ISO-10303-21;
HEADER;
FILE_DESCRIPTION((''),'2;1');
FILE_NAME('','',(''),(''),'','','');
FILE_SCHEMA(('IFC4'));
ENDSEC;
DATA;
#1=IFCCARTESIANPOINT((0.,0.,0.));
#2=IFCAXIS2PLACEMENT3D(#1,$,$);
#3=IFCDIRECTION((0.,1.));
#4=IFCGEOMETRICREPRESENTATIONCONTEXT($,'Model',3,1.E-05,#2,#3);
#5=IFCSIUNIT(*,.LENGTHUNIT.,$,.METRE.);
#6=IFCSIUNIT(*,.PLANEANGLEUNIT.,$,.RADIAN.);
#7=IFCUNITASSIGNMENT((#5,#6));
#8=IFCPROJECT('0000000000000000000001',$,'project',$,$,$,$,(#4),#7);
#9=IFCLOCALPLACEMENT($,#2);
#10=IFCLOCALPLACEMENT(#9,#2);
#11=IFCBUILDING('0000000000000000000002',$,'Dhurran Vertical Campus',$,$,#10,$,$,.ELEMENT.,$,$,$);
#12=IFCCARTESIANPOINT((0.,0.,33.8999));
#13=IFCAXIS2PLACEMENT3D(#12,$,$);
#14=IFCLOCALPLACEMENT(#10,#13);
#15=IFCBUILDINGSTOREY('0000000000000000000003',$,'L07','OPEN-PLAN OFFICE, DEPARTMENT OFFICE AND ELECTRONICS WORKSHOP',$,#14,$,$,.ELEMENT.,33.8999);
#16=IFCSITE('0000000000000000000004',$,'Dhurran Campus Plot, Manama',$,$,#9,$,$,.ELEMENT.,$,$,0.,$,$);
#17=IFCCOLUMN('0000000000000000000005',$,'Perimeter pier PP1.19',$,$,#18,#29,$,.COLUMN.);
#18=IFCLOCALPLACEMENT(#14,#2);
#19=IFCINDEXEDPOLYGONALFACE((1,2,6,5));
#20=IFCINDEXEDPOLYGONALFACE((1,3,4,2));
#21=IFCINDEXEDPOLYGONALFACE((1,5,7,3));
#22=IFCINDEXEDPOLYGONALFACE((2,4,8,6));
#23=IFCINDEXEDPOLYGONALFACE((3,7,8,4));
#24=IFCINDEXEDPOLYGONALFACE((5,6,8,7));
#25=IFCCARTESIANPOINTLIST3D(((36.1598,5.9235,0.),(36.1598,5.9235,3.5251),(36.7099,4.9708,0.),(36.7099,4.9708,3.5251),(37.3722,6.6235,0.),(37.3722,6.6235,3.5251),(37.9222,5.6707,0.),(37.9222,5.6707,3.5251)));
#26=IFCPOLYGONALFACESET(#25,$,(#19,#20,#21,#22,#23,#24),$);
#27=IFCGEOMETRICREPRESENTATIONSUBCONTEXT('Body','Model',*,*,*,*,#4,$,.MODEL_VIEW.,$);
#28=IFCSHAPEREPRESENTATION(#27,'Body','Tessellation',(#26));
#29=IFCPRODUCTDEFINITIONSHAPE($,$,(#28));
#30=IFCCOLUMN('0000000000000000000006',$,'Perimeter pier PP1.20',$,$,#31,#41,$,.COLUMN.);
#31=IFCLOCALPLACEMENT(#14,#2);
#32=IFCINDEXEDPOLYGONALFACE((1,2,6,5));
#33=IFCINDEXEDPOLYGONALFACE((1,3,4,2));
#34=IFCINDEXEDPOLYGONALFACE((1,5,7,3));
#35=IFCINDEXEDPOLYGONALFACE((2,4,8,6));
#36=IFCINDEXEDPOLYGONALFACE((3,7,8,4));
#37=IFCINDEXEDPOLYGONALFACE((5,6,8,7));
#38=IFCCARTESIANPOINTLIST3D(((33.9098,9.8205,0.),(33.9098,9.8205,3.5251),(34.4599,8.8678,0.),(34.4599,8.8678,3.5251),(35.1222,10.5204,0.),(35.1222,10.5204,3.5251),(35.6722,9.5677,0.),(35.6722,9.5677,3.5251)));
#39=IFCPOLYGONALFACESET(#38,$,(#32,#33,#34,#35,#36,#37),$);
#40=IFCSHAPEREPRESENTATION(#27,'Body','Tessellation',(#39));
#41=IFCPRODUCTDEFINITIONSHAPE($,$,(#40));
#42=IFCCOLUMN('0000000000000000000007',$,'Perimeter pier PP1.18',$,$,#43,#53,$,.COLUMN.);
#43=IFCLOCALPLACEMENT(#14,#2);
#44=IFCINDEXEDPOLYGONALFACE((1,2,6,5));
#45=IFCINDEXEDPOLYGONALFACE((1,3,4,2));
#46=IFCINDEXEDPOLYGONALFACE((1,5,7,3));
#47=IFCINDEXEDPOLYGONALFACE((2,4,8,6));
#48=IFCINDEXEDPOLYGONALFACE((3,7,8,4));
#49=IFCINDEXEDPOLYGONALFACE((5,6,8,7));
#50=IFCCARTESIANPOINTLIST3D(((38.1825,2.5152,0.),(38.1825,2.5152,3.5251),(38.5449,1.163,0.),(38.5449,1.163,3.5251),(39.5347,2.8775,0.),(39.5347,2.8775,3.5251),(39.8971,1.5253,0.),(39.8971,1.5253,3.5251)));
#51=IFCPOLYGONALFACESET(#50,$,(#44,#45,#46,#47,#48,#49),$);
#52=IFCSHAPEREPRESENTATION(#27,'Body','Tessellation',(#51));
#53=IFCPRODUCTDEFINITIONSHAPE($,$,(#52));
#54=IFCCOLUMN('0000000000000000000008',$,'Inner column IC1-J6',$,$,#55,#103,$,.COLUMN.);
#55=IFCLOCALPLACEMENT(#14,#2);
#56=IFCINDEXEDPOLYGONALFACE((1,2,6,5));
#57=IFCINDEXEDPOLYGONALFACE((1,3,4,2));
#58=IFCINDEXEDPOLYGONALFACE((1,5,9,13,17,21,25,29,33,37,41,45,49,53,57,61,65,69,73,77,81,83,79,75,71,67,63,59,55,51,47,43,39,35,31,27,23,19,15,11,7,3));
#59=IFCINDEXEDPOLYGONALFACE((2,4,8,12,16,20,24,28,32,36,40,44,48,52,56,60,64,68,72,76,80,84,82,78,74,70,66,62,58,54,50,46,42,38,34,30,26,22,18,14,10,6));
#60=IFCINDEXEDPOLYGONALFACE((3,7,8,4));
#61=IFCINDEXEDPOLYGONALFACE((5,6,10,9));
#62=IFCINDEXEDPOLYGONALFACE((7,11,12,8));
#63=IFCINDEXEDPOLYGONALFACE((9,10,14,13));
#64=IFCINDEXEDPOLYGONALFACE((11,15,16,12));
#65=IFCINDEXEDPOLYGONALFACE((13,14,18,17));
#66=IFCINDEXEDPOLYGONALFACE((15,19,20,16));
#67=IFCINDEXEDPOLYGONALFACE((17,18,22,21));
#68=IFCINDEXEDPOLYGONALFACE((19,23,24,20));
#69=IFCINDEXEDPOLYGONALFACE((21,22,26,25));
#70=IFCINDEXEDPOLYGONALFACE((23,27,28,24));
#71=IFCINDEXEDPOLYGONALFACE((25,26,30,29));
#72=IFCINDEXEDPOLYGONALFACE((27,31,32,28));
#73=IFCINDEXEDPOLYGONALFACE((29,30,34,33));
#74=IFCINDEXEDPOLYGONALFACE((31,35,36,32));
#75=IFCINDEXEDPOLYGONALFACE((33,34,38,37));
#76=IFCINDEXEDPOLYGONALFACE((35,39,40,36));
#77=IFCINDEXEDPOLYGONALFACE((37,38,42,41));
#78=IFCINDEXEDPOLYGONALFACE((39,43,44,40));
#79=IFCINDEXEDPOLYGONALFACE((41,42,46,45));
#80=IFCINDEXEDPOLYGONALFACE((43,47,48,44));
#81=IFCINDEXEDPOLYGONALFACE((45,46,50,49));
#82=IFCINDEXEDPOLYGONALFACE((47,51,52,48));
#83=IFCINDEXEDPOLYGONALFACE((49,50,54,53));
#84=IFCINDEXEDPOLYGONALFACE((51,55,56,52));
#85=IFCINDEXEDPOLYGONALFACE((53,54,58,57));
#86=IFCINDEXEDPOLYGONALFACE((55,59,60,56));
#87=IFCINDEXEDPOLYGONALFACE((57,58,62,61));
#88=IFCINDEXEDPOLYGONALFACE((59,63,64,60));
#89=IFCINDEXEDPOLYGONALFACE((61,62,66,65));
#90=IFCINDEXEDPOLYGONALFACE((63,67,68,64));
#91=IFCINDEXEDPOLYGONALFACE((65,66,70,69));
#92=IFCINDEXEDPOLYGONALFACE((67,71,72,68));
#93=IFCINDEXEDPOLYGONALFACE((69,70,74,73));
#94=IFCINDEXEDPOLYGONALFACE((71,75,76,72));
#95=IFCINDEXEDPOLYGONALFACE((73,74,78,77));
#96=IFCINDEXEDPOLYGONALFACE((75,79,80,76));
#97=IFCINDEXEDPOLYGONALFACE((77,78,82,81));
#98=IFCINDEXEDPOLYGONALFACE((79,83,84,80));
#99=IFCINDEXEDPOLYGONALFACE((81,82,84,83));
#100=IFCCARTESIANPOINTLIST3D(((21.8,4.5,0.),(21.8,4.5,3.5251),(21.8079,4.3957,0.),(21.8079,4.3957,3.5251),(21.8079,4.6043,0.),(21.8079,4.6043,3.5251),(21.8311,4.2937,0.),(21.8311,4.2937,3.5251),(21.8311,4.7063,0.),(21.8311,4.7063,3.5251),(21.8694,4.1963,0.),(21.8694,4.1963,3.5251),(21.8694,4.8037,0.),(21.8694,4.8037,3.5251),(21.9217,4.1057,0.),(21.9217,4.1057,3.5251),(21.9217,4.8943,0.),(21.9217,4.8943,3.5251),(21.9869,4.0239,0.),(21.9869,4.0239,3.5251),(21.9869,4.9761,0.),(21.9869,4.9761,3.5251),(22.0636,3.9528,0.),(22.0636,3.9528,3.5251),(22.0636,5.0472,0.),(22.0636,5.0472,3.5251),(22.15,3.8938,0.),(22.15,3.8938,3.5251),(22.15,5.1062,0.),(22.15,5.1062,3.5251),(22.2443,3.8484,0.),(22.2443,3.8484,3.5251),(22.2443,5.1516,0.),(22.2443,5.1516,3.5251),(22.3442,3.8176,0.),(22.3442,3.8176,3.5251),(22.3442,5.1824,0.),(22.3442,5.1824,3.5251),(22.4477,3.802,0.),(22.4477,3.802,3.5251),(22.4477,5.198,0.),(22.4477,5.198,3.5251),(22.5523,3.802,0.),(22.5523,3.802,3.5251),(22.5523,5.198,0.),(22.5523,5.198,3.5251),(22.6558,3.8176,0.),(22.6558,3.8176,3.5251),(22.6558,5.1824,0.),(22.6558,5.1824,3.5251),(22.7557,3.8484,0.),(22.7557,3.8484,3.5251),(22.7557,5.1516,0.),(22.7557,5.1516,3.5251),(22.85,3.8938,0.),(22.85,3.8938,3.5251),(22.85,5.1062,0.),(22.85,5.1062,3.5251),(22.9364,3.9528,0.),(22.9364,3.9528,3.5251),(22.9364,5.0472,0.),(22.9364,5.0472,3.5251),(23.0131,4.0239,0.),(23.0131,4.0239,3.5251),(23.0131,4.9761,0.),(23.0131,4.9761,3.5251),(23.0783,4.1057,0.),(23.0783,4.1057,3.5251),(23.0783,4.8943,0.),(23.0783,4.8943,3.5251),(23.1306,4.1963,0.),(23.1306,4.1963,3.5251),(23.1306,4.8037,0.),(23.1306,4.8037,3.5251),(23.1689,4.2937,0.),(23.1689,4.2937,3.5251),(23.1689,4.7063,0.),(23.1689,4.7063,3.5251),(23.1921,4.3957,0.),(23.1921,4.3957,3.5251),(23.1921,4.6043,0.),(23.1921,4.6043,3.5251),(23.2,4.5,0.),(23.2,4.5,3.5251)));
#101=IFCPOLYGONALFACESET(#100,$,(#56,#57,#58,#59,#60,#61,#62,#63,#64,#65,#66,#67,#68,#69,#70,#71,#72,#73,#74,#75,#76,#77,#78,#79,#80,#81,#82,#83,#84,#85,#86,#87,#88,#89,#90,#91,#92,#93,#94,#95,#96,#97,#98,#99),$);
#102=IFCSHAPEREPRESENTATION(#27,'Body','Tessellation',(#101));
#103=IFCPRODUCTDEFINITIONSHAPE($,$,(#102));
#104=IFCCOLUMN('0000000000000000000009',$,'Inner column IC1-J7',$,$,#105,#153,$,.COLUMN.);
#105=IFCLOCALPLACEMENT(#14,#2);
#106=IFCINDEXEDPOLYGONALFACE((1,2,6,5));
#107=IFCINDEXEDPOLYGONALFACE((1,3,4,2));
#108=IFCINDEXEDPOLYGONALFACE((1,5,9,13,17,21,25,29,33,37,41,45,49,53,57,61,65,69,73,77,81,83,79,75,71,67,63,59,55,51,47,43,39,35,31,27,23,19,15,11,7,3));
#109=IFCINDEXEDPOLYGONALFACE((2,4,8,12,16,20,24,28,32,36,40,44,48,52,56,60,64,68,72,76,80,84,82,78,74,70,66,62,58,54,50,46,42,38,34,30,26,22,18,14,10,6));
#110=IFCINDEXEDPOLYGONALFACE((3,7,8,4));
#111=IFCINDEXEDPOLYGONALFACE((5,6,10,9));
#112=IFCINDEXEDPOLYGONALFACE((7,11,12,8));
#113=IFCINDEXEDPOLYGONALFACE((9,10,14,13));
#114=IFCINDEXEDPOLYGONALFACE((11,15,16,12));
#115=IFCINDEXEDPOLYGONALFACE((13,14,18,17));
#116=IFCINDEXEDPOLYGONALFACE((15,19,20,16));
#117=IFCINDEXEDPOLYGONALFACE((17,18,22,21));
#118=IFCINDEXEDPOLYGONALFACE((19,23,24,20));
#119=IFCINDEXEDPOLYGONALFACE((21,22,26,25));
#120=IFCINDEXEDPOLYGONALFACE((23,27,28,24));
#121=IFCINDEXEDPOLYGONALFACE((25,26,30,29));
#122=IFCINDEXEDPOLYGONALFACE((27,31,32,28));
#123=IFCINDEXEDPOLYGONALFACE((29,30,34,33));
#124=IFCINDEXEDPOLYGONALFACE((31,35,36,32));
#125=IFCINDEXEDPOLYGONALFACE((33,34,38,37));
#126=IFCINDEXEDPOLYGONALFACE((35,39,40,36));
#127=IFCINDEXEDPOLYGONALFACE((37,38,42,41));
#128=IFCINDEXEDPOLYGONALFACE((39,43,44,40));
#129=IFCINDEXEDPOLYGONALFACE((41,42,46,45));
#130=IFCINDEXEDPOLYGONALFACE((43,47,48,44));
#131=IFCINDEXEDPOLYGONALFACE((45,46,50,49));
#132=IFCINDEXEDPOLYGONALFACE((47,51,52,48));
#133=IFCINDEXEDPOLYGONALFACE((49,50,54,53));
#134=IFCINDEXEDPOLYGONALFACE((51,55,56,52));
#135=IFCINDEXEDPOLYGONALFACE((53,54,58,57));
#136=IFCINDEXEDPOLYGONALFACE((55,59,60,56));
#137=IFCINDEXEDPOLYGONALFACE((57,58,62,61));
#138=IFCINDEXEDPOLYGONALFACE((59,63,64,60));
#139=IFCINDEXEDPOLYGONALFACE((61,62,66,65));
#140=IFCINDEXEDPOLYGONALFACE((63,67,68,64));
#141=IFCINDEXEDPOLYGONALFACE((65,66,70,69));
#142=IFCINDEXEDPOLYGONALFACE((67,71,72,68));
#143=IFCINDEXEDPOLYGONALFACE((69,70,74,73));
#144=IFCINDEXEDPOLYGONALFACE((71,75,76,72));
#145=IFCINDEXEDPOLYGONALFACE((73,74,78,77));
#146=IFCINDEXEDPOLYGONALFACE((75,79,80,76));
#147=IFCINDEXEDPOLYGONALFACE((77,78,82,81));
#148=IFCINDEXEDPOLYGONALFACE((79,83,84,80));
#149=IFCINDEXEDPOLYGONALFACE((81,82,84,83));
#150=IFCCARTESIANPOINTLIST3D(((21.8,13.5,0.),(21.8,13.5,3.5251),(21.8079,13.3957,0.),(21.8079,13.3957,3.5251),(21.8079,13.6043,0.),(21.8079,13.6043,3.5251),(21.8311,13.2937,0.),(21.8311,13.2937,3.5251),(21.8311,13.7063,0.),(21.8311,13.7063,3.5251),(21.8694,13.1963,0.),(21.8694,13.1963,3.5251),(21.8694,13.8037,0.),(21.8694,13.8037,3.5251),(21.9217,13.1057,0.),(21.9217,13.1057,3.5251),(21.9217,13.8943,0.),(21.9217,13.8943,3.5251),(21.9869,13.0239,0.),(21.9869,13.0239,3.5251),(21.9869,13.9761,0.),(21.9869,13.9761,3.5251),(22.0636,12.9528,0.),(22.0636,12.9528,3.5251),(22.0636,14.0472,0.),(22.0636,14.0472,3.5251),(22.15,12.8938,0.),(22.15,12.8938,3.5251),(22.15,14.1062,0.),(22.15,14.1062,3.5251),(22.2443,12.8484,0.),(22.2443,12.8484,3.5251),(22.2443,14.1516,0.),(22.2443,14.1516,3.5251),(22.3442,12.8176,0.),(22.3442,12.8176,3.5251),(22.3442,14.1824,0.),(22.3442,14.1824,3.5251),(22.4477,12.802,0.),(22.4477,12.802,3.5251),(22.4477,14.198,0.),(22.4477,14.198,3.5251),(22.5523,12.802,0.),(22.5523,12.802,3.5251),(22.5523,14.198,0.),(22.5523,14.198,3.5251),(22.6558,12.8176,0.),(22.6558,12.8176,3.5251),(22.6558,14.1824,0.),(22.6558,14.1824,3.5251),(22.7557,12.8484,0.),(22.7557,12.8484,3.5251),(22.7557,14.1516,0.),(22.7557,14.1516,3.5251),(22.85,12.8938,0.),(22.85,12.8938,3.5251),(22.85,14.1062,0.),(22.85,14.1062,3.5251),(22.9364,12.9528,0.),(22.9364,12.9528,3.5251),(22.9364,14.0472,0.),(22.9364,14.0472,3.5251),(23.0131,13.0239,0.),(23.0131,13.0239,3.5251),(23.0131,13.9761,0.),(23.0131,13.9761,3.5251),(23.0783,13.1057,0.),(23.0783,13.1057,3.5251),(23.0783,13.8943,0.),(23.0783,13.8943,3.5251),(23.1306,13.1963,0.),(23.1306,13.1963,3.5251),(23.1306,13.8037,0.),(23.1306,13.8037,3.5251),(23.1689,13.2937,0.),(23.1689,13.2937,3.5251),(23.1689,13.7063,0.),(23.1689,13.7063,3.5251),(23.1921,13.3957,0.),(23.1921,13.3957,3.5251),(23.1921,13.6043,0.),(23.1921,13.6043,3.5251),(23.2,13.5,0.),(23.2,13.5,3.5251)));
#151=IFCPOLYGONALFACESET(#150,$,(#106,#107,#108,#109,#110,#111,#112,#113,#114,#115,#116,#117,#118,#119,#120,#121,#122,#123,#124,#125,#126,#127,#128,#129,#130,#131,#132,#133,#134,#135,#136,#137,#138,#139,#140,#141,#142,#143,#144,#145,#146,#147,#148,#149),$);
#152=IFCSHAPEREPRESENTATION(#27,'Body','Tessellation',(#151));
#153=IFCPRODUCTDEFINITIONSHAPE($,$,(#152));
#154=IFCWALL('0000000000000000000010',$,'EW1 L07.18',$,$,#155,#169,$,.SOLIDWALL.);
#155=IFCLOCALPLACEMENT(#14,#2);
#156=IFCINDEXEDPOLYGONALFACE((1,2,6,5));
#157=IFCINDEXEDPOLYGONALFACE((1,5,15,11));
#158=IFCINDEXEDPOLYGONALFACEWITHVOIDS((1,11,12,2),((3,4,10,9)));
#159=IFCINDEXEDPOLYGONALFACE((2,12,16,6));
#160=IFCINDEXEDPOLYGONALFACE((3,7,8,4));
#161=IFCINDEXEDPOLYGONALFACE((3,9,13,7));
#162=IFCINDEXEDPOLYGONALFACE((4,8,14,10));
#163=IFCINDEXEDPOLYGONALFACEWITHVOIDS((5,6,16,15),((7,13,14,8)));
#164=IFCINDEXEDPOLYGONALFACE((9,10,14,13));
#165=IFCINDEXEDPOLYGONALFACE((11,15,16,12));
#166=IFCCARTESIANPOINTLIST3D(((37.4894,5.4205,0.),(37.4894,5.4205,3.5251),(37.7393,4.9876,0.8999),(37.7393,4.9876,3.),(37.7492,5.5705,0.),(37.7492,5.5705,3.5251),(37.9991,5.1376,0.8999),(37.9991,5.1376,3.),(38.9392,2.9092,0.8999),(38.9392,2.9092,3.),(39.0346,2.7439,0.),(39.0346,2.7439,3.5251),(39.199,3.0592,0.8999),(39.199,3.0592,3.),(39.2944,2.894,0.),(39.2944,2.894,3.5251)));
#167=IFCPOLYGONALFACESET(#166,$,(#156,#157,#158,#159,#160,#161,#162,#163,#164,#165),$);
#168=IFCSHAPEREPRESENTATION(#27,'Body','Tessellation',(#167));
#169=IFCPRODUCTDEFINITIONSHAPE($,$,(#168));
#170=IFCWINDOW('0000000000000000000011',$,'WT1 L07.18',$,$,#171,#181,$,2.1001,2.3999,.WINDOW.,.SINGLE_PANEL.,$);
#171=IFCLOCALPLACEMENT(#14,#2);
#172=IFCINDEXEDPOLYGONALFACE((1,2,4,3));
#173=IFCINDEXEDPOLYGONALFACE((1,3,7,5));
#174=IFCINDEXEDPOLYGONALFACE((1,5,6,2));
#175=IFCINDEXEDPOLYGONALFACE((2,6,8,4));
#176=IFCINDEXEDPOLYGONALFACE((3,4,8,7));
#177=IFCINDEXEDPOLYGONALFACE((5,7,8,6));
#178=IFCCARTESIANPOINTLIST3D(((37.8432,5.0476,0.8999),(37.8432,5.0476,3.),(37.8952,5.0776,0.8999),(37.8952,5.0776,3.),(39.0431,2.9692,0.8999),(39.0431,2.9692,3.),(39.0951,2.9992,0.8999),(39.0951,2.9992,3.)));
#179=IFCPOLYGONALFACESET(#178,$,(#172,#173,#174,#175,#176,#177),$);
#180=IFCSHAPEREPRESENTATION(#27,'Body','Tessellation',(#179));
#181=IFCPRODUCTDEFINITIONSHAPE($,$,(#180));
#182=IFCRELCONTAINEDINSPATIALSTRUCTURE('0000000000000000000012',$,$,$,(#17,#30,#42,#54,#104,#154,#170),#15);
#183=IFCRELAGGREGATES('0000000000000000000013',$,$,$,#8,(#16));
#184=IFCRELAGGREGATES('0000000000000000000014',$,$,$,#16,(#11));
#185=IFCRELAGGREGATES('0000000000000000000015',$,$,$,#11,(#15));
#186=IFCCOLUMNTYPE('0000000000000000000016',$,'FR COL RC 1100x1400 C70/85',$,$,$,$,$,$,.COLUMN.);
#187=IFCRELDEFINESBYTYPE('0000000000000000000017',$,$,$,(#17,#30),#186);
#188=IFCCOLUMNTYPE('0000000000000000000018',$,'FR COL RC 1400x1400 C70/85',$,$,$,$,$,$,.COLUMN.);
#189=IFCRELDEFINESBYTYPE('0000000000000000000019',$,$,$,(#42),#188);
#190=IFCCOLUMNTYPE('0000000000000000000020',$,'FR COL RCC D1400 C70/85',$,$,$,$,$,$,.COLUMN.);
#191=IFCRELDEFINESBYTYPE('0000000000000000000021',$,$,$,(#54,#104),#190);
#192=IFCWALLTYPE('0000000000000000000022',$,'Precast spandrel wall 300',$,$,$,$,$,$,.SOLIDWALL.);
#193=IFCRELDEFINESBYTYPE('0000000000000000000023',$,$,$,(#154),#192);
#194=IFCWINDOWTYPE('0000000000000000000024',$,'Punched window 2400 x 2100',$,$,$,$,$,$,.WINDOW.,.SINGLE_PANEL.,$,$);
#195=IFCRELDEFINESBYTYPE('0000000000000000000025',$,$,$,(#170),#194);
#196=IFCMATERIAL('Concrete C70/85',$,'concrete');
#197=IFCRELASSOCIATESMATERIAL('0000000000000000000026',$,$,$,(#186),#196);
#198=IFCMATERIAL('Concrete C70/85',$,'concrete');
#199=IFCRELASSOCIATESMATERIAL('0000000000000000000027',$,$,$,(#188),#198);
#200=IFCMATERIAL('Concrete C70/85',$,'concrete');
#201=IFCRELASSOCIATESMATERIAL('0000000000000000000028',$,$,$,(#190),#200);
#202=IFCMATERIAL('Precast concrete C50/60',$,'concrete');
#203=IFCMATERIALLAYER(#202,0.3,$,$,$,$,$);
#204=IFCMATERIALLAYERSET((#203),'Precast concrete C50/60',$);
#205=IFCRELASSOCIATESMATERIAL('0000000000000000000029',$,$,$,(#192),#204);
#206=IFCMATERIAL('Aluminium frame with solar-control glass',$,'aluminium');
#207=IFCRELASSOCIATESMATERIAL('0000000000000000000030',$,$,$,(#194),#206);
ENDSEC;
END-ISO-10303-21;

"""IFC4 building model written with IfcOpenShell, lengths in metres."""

from ifc_helpers import new_model, si_unit, direction, frame, frame_2d, origin, origin_2d, place, context, subcontext, project, spatial, rectangle, circle, extrude, material, layer, layer_set, material_profile, profile_set, type_object, element, fill, save


model = new_model("IFC4")

# Units and contexts
model_context = context("Model", 3, precision=1e-05, world=origin(), true_north=direction((0.0, 1.0)))
body_context = subcontext(model_context, "Body", "Model", "MODEL_VIEW")
ifc_project = project(units=[si_unit("LENGTHUNIT", "METRE"), si_unit("PLANEANGLEUNIT", "RADIAN")], contexts=[model_context])

# Site, building, storey
site_placement = place(None, origin())
site = spatial("IfcSite", under=ifc_project, at=site_placement, Name="Dhurran Campus Plot, Manama", CompositionType="ELEMENT", RefElevation=0.0)
building_placement = place(site_placement, origin())
building = spatial("IfcBuilding", under=site, at=building_placement, Name="Dhurran Vertical Campus", CompositionType="ELEMENT")
storey_placement = place(building_placement, frame((0.0, 0.0, 33.8999)))
storey = spatial("IfcBuildingStorey", under=building, at=storey_placement, Name="L07", Description="OPEN-PLAN OFFICE, DEPARTMENT OFFICE AND ELECTRONICS WORKSHOP", CompositionType="ELEMENT", Elevation=33.8999)

# Columns
ifc_material_1 = material(Name="Concrete C70/85", Category="concrete")
ifc_material_profile_1 = material_profile(ifc_material_1, rectangle(XDim=1.1001, YDim=1.3999, at=origin_2d()), Name="RC 1100x1400")
ifc_profile_set_1 = profile_set([ifc_material_profile_1], Name="Concrete C70/85")
column_type_1 = type_object("IfcColumnType", Name="FR COL RC 1100x1400 C70/85", PredefinedType="COLUMN", material=ifc_profile_set_1)
for number, where, z_axis, x_axis, name in (
    (1, (37.041, 5.7971, 0.0), (0.0, 0.0, 1.0), (-0.5, 0.866025, 0.0), "Perimeter pier PP1.19"),
    (2, (34.791, 9.6941, 0.0), (0.0, 0.0, 1.0), (-0.5, 0.866025, 0.0), "Perimeter pier PP1.20"),
):
    element("IfcColumn", number, at=place(storey_placement, frame(where, z_axis=z_axis, x_axis=x_axis)), inside=storey, type_object=column_type_1, Name=name, PredefinedType="COLUMN", context=body_context, shape_type="SweptSolid", body=[
        extrude(rectangle(XDim=1.1001, YDim=1.3999, at=origin_2d()), origin(), (0.0, 0.0, 1.0), 3.5251),
    ])
ifc_material_2 = material(Name="Concrete C70/85", Category="concrete")
ifc_material_profile_2 = material_profile(ifc_material_2, rectangle(XDim=1.3999, YDim=1.3999, at=origin_2d()), Name="RC 1400x1400")
ifc_profile_set_2 = profile_set([ifc_material_profile_2], Name="Concrete C70/85")
column_type_2 = type_object("IfcColumnType", Name="FR COL RC 1400x1400 C70/85", PredefinedType="COLUMN", material=ifc_profile_set_2)
column_placement = place(storey_placement, frame((39.0398, 2.0203, 0.0), z_axis=(0.0, 0.0, 1.0), x_axis=(-0.258819, 0.965926, 0.0)))
element("IfcColumn", 3, at=column_placement, inside=storey, type_object=column_type_2, Name="Perimeter pier PP1.18", PredefinedType="COLUMN", context=body_context, shape_type="SweptSolid", body=[
    extrude(rectangle(XDim=1.3999, YDim=1.3999, at=origin_2d()), origin(), (0.0, 0.0, 1.0), 3.5251),
])
ifc_material_3 = material(Name="Concrete C70/85", Category="concrete")
ifc_material_profile_3 = material_profile(ifc_material_3, circle(Radius=0.7, at=origin_2d()), Name="RCC D1400")
ifc_profile_set_3 = profile_set([ifc_material_profile_3], Name="Concrete C70/85")
column_type_3 = type_object("IfcColumnType", Name="FR COL RCC D1400 C70/85", PredefinedType="COLUMN", material=ifc_profile_set_3)
for number, where, z_axis, x_axis, name in (
    (4, (22.5, 4.5, 0.0), (0.0, 0.0, 1.0), (1.0, 0.0, 0.0), "Inner column IC1-J6"),
    (5, (22.5, 13.5, 0.0), (0.0, 0.0, 1.0), (1.0, 0.0, 0.0), "Inner column IC1-J7"),
):
    element("IfcColumn", number, at=place(storey_placement, frame(where, z_axis=z_axis, x_axis=x_axis)), inside=storey, type_object=column_type_3, Name=name, PredefinedType="COLUMN", context=body_context, shape_type="SweptSolid", body=[
        extrude(circle(Radius=0.7, at=origin_2d()), origin(), (0.0, 0.0, 1.0), 3.5251),
    ])

# Wall, opening, window
ifc_material_4 = material(Name="Precast concrete C50/60", Category="concrete")
ifc_layer_1 = layer(ifc_material_4, 0.3)
ifc_layer_set_1 = layer_set([ifc_layer_1], Name="Precast concrete C50/60")
wall_type_1 = type_object("IfcWallType", Name="Precast spandrel wall 300", PredefinedType="SOLIDWALL", material=ifc_layer_set_1)
wall_1_placement = place(storey_placement, frame((39.1646, 2.8188, 0.0), z_axis=(0.0, 0.0, 1.0), x_axis=(-0.499971, 0.866042, 0.0)))
wall_1 = element("IfcWall", 6, at=wall_1_placement, inside=storey, type_object=wall_type_1, Name="EW1 L07.18", PredefinedType="SOLIDWALL", context=body_context, shape_type="SweptSolid", body=[
    extrude(rectangle(XDim=3.0906, YDim=0.3, at=frame_2d((1.5454, 0.0))), origin(), (0.0, 0.0, 1.0), 3.5251),
])
opening_1_placement = place(wall_1_placement, frame((0.1909, 0.0, 0.8999)))
opening_1 = element("IfcOpeningElement", 7, at=opening_1_placement, cuts=wall_1, PredefinedType="OPENING", context=body_context, shape_type="SweptSolid", body=[
    extrude(rectangle(XDim=2.3999, YDim=2.1001, at=frame_2d((1.2, 1.05))), frame((0.0, 0.1599, 0.0), z_axis=(0.0, -1.0, 0.0), x_axis=(1.0, 0.0, 0.0)), (0.0, 0.0, 1.0), 0.3201),
])
ifc_material_5 = material(Name="Aluminium frame with solar-control glass", Category="aluminium")
window_type = type_object("IfcWindowType", Name="Punched window 2400 x 2100", PartitioningType="SINGLE_PANEL", PredefinedType="WINDOW", material=ifc_material_5)
window_1_placement = place(opening_1_placement, origin())
window_1 = element("IfcWindow", 8, at=window_1_placement, inside=storey, type_object=window_type, Name="WT1 L07.18", OverallHeight=2.1001, OverallWidth=2.3999, PartitioningType="SINGLE_PANEL", PredefinedType="WINDOW", context=body_context, shape_type="SweptSolid", body=[
    extrude(rectangle(XDim=2.3999, YDim=2.1001, at=frame_2d((1.2, 1.05))), frame((0.0, 0.03, 0.0), z_axis=(0.0, -1.0, 0.0), x_axis=(1.0, 0.0, 0.0)), (0.0, 0.0, 1.0), 0.0601),
])
fill(opening_1, window_1)

save(model, "model.ifc")
